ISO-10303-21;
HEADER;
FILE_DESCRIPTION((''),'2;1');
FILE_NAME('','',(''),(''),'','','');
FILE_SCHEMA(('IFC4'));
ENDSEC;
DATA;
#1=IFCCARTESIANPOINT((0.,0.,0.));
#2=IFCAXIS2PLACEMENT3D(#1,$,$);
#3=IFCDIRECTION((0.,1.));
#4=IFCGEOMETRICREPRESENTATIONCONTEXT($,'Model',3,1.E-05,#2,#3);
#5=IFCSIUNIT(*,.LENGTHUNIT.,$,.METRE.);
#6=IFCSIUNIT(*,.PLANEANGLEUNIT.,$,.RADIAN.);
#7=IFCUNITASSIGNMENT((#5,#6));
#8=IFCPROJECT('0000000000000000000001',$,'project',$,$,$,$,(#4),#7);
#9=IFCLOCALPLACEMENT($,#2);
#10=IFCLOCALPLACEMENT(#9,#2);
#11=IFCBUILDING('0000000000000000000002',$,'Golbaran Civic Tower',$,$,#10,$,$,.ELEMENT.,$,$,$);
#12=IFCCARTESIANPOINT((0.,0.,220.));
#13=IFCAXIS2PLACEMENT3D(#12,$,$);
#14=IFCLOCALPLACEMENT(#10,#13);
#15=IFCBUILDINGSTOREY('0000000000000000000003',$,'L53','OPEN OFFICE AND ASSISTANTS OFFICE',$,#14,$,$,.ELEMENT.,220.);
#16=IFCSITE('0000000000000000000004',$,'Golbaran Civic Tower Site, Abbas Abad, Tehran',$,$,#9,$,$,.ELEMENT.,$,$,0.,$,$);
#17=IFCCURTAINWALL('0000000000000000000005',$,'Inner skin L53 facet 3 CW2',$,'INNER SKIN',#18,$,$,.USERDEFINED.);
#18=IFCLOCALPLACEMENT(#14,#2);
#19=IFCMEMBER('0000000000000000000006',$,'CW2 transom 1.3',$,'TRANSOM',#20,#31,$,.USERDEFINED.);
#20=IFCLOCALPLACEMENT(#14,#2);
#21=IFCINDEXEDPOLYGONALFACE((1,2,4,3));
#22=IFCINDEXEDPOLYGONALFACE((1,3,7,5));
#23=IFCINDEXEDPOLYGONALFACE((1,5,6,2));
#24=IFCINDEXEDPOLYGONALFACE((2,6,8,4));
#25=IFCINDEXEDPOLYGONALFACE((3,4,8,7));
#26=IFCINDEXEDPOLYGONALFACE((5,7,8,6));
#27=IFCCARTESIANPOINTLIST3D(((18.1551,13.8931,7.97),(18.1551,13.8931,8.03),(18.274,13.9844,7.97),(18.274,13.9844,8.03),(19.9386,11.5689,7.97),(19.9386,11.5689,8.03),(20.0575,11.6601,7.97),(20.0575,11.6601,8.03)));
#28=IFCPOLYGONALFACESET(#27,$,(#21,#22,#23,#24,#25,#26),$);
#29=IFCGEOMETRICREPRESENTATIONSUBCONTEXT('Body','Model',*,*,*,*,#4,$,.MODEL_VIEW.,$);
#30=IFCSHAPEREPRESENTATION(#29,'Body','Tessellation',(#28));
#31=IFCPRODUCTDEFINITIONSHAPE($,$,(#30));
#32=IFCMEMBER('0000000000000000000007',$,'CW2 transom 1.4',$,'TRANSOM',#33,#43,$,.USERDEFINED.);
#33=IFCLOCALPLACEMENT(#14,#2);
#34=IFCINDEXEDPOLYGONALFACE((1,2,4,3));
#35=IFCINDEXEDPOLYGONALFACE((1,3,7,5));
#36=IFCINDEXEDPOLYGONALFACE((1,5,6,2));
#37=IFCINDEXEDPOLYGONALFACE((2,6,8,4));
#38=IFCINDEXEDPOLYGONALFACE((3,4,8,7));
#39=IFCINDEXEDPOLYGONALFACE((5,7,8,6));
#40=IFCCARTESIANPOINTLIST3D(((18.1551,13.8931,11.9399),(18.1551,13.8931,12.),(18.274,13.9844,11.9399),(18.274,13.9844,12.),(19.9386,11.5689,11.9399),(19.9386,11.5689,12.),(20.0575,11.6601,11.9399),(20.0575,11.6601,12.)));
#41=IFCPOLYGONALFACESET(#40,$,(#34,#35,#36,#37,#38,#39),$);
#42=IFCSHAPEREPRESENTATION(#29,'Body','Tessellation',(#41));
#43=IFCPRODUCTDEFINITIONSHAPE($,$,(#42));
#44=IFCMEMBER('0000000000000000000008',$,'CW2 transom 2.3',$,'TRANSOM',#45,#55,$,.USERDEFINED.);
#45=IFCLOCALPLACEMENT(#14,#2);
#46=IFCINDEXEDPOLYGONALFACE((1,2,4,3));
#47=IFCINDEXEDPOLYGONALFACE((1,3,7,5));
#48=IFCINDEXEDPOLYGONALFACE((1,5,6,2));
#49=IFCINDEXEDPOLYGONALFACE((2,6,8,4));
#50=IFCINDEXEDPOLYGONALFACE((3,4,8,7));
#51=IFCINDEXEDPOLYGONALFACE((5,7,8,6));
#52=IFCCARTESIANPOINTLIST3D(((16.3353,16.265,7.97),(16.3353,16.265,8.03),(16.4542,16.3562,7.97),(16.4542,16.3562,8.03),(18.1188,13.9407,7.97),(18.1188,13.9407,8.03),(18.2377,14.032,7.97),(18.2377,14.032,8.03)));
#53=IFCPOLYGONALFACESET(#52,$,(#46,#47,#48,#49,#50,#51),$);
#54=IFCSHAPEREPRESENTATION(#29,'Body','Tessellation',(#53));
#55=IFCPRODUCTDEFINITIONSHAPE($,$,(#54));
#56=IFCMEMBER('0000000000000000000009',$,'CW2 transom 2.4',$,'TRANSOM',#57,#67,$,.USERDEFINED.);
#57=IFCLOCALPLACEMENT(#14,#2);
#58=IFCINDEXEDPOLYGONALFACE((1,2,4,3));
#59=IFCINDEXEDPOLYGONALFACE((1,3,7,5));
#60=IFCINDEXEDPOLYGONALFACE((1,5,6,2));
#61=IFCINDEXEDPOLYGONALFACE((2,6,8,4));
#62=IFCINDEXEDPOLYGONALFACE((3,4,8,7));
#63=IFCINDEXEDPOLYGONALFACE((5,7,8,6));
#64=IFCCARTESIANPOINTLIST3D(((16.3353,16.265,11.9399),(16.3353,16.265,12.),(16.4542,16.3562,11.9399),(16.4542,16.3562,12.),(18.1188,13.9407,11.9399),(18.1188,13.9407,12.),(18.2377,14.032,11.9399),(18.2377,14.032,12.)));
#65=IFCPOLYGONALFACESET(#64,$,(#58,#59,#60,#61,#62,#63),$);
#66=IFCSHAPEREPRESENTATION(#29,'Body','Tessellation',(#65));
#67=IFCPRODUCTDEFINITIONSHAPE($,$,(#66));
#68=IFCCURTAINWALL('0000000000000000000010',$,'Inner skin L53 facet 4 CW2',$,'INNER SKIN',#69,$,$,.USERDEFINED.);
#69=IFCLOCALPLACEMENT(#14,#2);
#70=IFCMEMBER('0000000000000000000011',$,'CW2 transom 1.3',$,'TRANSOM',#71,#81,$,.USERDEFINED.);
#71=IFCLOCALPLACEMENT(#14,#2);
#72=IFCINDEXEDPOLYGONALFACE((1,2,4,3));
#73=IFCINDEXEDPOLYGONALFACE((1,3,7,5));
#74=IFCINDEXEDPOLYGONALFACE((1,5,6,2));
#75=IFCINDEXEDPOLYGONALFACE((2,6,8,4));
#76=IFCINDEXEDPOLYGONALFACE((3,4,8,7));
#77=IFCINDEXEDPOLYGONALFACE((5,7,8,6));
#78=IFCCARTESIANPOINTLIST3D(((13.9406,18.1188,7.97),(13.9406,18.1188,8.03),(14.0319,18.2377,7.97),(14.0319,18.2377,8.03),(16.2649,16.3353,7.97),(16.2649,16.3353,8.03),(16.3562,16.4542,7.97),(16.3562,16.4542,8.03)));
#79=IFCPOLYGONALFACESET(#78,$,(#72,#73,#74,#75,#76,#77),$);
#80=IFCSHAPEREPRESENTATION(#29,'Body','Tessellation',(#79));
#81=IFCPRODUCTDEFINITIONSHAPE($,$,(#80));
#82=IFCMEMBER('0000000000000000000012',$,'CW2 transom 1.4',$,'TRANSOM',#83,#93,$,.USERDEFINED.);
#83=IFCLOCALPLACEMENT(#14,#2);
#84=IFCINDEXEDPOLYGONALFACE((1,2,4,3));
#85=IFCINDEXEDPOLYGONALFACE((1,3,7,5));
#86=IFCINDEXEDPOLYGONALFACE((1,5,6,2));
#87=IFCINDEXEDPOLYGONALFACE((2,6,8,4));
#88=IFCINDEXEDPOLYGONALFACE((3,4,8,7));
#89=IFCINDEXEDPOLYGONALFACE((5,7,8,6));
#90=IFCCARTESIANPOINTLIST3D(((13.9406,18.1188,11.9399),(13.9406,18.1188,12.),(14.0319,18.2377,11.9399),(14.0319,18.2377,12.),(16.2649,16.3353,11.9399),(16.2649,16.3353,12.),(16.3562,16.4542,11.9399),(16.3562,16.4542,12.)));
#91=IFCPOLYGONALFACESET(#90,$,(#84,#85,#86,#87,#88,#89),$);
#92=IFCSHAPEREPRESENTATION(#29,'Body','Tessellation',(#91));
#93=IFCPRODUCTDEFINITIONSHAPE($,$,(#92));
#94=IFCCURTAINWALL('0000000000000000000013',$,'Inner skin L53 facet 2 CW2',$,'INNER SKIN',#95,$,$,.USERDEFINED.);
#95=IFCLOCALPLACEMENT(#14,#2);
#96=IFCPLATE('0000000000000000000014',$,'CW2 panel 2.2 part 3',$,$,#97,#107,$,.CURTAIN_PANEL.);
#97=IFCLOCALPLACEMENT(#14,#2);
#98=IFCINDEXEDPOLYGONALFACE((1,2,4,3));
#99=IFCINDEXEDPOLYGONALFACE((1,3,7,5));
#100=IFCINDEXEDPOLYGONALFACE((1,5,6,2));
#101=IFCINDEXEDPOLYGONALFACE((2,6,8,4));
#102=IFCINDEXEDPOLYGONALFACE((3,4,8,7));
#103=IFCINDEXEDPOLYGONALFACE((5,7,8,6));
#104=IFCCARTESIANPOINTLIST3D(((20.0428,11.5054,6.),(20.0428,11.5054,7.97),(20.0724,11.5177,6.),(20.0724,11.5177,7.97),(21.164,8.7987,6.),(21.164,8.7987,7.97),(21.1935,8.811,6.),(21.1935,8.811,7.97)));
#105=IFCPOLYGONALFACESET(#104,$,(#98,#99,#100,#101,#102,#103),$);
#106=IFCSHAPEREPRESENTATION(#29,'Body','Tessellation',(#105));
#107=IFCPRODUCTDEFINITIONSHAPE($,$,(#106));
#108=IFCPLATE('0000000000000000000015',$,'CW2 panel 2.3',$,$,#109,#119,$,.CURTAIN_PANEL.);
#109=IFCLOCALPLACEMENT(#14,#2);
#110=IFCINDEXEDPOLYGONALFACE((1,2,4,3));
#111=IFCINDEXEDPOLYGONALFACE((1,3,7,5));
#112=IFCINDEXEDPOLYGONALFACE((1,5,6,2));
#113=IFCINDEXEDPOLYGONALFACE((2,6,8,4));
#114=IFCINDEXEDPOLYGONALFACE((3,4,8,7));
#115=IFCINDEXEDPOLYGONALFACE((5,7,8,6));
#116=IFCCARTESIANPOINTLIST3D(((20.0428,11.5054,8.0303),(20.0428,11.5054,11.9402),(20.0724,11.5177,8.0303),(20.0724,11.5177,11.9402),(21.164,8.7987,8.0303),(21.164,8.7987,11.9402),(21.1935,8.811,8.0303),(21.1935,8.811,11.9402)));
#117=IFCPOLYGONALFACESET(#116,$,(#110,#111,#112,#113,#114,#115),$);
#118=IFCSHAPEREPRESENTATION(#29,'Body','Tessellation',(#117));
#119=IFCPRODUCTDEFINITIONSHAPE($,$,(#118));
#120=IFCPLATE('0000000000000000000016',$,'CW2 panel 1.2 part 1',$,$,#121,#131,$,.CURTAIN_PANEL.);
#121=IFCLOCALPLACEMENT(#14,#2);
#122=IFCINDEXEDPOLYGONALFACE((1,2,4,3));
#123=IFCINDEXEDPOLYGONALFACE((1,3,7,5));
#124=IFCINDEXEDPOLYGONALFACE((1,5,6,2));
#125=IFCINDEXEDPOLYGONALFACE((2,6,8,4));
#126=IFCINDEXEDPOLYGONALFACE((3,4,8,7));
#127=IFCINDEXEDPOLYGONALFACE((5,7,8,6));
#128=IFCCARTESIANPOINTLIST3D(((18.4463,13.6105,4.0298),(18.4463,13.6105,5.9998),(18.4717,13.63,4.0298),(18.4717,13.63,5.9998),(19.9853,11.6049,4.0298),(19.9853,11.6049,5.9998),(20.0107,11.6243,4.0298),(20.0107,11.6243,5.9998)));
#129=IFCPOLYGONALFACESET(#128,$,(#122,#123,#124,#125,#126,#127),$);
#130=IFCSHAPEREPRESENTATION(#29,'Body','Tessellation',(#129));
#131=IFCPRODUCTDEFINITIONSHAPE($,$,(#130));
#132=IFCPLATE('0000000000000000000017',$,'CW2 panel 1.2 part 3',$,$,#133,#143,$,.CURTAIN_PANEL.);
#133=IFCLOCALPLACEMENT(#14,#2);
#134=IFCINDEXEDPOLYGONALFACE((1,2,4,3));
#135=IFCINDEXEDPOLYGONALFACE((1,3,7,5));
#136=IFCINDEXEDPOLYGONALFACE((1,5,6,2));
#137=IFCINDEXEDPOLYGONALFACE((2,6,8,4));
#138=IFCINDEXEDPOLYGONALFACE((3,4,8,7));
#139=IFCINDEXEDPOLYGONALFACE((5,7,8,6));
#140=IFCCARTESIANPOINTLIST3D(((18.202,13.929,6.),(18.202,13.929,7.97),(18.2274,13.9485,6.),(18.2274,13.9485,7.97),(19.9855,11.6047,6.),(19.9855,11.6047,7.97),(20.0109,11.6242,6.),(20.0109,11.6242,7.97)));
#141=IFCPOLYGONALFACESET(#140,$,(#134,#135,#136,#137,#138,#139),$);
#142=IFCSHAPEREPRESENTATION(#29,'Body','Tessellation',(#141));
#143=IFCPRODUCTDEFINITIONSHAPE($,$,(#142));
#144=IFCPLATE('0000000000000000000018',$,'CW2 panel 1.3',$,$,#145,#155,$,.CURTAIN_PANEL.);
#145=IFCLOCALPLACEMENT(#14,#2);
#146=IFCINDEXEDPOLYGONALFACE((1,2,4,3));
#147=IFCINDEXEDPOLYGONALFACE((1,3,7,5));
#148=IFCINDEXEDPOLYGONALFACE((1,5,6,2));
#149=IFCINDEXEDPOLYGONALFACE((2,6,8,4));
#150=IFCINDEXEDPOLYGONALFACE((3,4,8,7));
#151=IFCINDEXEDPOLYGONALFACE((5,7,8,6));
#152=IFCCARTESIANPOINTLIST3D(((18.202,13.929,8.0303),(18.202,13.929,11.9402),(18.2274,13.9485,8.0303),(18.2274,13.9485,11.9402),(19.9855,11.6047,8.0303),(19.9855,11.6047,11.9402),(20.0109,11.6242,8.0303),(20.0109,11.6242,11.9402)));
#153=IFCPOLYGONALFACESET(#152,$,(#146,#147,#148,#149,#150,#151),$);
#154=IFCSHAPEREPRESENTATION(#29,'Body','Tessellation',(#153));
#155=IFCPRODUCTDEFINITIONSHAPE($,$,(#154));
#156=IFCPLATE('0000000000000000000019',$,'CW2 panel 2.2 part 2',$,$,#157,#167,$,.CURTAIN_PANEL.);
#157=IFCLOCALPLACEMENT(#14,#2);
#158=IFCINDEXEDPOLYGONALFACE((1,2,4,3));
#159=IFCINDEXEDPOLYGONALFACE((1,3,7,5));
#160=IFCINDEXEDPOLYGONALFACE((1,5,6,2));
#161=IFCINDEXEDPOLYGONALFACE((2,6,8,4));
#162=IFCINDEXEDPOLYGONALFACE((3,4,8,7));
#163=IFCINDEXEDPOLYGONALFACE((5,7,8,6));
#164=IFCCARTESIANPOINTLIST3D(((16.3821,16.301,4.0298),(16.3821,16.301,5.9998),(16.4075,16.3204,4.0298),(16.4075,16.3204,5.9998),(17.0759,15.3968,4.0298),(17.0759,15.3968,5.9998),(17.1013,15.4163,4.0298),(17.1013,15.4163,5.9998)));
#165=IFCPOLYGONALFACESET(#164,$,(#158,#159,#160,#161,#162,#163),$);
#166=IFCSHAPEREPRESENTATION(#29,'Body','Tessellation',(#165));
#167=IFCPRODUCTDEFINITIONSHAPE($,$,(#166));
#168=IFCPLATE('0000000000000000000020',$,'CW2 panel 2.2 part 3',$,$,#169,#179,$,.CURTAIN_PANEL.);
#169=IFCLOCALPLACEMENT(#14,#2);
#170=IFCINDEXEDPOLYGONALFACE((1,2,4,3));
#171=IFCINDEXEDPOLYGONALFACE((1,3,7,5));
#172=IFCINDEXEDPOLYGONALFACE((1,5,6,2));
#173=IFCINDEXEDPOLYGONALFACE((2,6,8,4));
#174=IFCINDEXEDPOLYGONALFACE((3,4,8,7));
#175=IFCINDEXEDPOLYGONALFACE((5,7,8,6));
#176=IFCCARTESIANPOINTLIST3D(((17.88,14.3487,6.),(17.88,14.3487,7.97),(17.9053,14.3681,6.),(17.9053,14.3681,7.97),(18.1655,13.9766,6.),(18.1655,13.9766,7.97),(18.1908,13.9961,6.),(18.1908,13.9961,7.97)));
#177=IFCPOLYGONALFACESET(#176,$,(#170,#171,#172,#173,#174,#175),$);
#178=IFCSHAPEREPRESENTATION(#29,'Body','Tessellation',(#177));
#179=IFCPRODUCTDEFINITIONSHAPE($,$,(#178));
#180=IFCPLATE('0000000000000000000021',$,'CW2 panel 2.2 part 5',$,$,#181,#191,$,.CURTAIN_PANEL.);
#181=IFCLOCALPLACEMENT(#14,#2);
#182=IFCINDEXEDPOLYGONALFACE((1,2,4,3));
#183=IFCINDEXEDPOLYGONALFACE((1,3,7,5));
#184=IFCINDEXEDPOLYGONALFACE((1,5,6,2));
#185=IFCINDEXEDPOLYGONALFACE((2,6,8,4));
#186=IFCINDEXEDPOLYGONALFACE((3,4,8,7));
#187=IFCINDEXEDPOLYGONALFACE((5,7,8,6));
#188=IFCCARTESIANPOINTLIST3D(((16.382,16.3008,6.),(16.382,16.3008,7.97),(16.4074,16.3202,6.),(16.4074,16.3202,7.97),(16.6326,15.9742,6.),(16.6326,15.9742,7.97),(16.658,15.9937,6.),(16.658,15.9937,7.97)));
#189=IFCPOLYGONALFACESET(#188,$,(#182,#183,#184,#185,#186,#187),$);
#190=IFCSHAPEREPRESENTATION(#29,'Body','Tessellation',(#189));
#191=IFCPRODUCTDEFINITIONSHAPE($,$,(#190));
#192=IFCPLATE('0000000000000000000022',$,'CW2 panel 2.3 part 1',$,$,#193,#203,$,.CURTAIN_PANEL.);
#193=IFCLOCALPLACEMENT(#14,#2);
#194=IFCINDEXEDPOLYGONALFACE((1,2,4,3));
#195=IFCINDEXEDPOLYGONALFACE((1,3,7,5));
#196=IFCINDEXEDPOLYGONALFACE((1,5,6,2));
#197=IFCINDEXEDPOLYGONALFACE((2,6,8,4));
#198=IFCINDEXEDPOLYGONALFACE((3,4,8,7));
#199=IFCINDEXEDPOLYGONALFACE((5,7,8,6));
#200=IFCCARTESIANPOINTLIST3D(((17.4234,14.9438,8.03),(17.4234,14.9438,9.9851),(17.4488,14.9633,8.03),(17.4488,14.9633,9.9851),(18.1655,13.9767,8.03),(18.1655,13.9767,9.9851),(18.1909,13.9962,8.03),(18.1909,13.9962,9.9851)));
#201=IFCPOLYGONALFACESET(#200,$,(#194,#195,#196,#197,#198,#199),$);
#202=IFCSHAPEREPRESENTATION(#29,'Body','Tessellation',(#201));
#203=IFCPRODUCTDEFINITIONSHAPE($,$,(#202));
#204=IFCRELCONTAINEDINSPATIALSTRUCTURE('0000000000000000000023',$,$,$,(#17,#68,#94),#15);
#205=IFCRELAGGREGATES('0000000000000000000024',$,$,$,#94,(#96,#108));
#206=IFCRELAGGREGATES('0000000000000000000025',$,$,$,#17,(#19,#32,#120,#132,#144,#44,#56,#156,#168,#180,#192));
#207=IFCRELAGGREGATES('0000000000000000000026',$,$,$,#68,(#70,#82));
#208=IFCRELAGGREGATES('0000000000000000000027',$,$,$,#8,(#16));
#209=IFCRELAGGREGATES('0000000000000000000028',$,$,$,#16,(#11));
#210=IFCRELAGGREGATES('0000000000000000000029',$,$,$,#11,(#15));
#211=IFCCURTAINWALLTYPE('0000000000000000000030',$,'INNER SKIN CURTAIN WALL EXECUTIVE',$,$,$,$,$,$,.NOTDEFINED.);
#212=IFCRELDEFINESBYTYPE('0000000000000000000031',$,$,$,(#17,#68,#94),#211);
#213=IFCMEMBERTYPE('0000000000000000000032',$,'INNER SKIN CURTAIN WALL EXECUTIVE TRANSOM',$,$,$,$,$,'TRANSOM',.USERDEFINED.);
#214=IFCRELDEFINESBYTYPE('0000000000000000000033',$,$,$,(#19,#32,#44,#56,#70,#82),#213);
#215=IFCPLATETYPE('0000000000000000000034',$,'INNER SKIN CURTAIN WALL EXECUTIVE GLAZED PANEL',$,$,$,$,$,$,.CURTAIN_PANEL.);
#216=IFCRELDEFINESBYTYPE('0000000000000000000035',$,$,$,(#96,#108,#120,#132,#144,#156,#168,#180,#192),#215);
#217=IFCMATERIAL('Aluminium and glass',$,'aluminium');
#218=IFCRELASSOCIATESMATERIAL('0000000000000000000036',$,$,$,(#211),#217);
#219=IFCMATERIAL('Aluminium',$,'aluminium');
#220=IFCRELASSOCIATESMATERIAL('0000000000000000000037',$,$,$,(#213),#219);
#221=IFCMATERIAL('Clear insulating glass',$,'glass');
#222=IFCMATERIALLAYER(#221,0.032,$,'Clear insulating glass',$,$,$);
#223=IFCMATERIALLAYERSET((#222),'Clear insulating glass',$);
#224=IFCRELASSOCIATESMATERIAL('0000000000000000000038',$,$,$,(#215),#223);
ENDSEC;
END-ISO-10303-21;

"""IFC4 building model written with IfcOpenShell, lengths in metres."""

from ifc_helpers import new_model, si_unit, direction, frame, origin, origin_2d, place, context, subcontext, project, spatial, rectangle, extrude, material, layer, layer_set, material_profile, profile_set, type_object, element, aggregate, save


model = new_model("IFC4")

# Units and contexts
model_context = context("Model", 3, precision=1e-05, world=origin(), true_north=direction((0.0, 1.0)))
body_context = subcontext(model_context, "Body", "Model", "MODEL_VIEW")
ifc_project = project(units=[si_unit("LENGTHUNIT", "METRE"), si_unit("PLANEANGLEUNIT", "RADIAN")], contexts=[model_context])

# Site, building, storey
site_placement = place(None, origin())
site = spatial("IfcSite", under=ifc_project, at=site_placement, Name="Golbaran Civic Tower Site, Abbas Abad, Tehran", CompositionType="ELEMENT", RefElevation=0.0)
building_placement = place(site_placement, origin())
building = spatial("IfcBuilding", under=site, at=building_placement, Name="Golbaran Civic Tower", CompositionType="ELEMENT")
storey_placement = place(building_placement, frame((0.0, 0.0, 220.0)))
storey = spatial("IfcBuildingStorey", under=building, at=storey_placement, Name="L53", Description="OPEN OFFICE AND ASSISTANTS OFFICE", CompositionType="ELEMENT", Elevation=220.0)

# Curtain walls, members
ifc_material_1 = material(Name="Aluminium and glass", Category="aluminium")
curtain_wall_type = type_object("IfcCurtainWallType", Name="INNER SKIN CURTAIN WALL EXECUTIVE", PredefinedType="NOTDEFINED", material=ifc_material_1)
curtain_wall_1_placement = place(storey_placement, origin())
curtain_wall_1 = element("IfcCurtainWall", 1, at=curtain_wall_1_placement, inside=storey, type_object=curtain_wall_type, Name="Inner skin L53 facet 3 CW2", ObjectType="INNER SKIN", PredefinedType="USERDEFINED")
ifc_material_2 = material(Name="Aluminium", Category="aluminium")
ifc_material_profile = material_profile(ifc_material_2, rectangle(XDim=0.1499, YDim=0.0601, at=origin_2d()), Name="INNER SKIN CURTAIN WALL EXECUTIVE TRANSOM")
ifc_profile_set = profile_set([ifc_material_profile], Name="Aluminium")
member_type = type_object("IfcMemberType", Name="INNER SKIN CURTAIN WALL EXECUTIVE TRANSOM", ElementType="TRANSOM", PredefinedType="USERDEFINED", material=ifc_profile_set)
member_1_placement = place(storey_placement, frame((19.998, 11.6145, 8.0), z_axis=(-0.608764, 0.793351, 0.0), x_axis=(-0.793351, -0.608764, 0.0)))
member_1 = element("IfcMember", 2, at=member_1_placement, type_object=member_type, Name="CW2 transom 1.3", ObjectType="TRANSOM", PredefinedType="USERDEFINED", context=body_context, shape_type="SweptSolid", body=[
    extrude(rectangle(XDim=0.1499, YDim=0.0601, at=origin_2d()), origin(), (0.0, 0.0, 1.0), 2.9297),
])
member_2_placement = place(storey_placement, frame((19.998, 11.6145, 11.97), z_axis=(-0.608764, 0.793351, 0.0), x_axis=(-0.793351, -0.608764, 0.0)))
member_2 = element("IfcMember", 3, at=member_2_placement, type_object=member_type, Name="CW2 transom 1.4", ObjectType="TRANSOM", PredefinedType="USERDEFINED", context=body_context, shape_type="SweptSolid", body=[
    extrude(rectangle(XDim=0.1499, YDim=0.0601, at=origin_2d()), origin(), (0.0, 0.0, 1.0), 2.9297),
])
member_3_placement = place(storey_placement, frame((18.1782, 13.9863, 8.0), z_axis=(-0.608764, 0.793351, 0.0), x_axis=(-0.793351, -0.608764, 0.0)))
member_3 = element("IfcMember", 4, at=member_3_placement, type_object=member_type, Name="CW2 transom 2.3", ObjectType="TRANSOM", PredefinedType="USERDEFINED", context=body_context, shape_type="SweptSolid", body=[
    extrude(rectangle(XDim=0.1499, YDim=0.0601, at=origin_2d()), origin(), (0.0, 0.0, 1.0), 2.9297),
])
member_4_placement = place(storey_placement, frame((18.1782, 13.9863, 11.97), z_axis=(-0.608764, 0.793351, 0.0), x_axis=(-0.793351, -0.608764, 0.0)))
member_4 = element("IfcMember", 5, at=member_4_placement, type_object=member_type, Name="CW2 transom 2.4", ObjectType="TRANSOM", PredefinedType="USERDEFINED", context=body_context, shape_type="SweptSolid", body=[
    extrude(rectangle(XDim=0.1499, YDim=0.0601, at=origin_2d()), origin(), (0.0, 0.0, 1.0), 2.9297),
])
curtain_wall_2_placement = place(storey_placement, origin())
curtain_wall_2 = element("IfcCurtainWall", 6, at=curtain_wall_2_placement, inside=storey, type_object=curtain_wall_type, Name="Inner skin L53 facet 4 CW2", ObjectType="INNER SKIN", PredefinedType="USERDEFINED")
member_5_placement = place(storey_placement, frame((16.3105, 16.3948, 8.0), z_axis=(-0.793351, 0.608764, 0.0), x_axis=(-0.608764, -0.793351, 0.0)))
member_5 = element("IfcMember", 7, at=member_5_placement, type_object=member_type, Name="CW2 transom 1.3", ObjectType="TRANSOM", PredefinedType="USERDEFINED", context=body_context, shape_type="SweptSolid", body=[
    extrude(rectangle(XDim=0.1499, YDim=0.0601, at=origin_2d()), origin(), (0.0, 0.0, 1.0), 2.9297),
])
member_6_placement = place(storey_placement, frame((16.3105, 16.3948, 11.97), z_axis=(-0.793351, 0.608764, 0.0), x_axis=(-0.608764, -0.793351, 0.0)))
member_6 = element("IfcMember", 8, at=member_6_placement, type_object=member_type, Name="CW2 transom 1.4", ObjectType="TRANSOM", PredefinedType="USERDEFINED", context=body_context, shape_type="SweptSolid", body=[
    extrude(rectangle(XDim=0.1499, YDim=0.0601, at=origin_2d()), origin(), (0.0, 0.0, 1.0), 2.9297),
])

# Curtain wall, plates
curtain_wall_3_placement = place(storey_placement, origin())
curtain_wall_3 = element("IfcCurtainWall", 9, at=curtain_wall_3_placement, inside=storey, type_object=curtain_wall_type, Name="Inner skin L53 facet 2 CW2", ObjectType="INNER SKIN", PredefinedType="USERDEFINED")
ifc_material_3 = material(Name="Clear insulating glass", Category="glass")
ifc_layer_1 = layer(ifc_material_3, 0.032, Name="Clear insulating glass")
ifc_layer_set_1 = layer_set([ifc_layer_1], Name="Clear insulating glass")
plate_type_1 = type_object("IfcPlateType", Name="INNER SKIN CURTAIN WALL EXECUTIVE GLAZED PANEL", PredefinedType="CURTAIN_PANEL", material=ifc_layer_set_1)
plate_1_placement = place(storey_placement, frame((20.6182, 10.1582, 6.0), z_axis=(0.0, 0.0, 1.0), x_axis=(-0.382683, 0.92388, 0.0)))
plate_1 = element("IfcPlate", 10, at=plate_1_placement, type_object=plate_type_1, Name="CW2 panel 2.2 part 3", PredefinedType="CURTAIN_PANEL", context=body_context, shape_type="SweptSolid", body=[
    extrude(rectangle(XDim=2.9297, YDim=0.032, at=origin_2d()), origin(), (0.0, 0.0, 1.0), 1.97),
])
plate_2_placement = place(storey_placement, frame((20.6182, 10.1582, 8.0303), z_axis=(0.0, 0.0, 1.0), x_axis=(-0.382683, 0.92388, 0.0)))
plate_2 = element("IfcPlate", 11, at=plate_2_placement, type_object=plate_type_1, Name="CW2 panel 2.3", PredefinedType="CURTAIN_PANEL", context=body_context, shape_type="SweptSolid", body=[
    extrude(rectangle(XDim=2.9297, YDim=0.032, at=origin_2d()), origin(), (0.0, 0.0, 1.0), 3.9099),
])
aggregate(curtain_wall_3, [plate_1, plate_2])

# Plates
plate_3_placement = place(storey_placement, frame((19.2285, 12.6174, 4.0298), z_axis=(0.0, 0.0, 1.0), x_axis=(-0.608761, 0.793353, 0.0)))
plate_3 = element("IfcPlate", 12, at=plate_3_placement, type_object=plate_type_1, Name="CW2 panel 1.2 part 1", PredefinedType="CURTAIN_PANEL", context=body_context, shape_type="SweptSolid", body=[
    extrude(rectangle(XDim=2.5281, YDim=0.032, at=origin_2d()), origin(), (0.0, 0.0, 1.0), 1.97),
])
plate_4_placement = place(storey_placement, frame((19.1064, 12.7766, 6.0), z_axis=(0.0, 0.0, 1.0), x_axis=(-0.608761, 0.793353, 0.0)))
plate_4 = element("IfcPlate", 13, at=plate_4_placement, type_object=plate_type_1, Name="CW2 panel 1.2 part 3", PredefinedType="CURTAIN_PANEL", context=body_context, shape_type="SweptSolid", body=[
    extrude(rectangle(XDim=2.9297, YDim=0.032, at=origin_2d()), origin(), (0.0, 0.0, 1.0), 1.97),
])
plate_5_placement = place(storey_placement, frame((19.1064, 12.7766, 8.0303), z_axis=(0.0, 0.0, 1.0), x_axis=(-0.608761, 0.793353, 0.0)))
plate_5 = element("IfcPlate", 14, at=plate_5_placement, type_object=plate_type_1, Name="CW2 panel 1.3", PredefinedType="CURTAIN_PANEL", context=body_context, shape_type="SweptSolid", body=[
    extrude(rectangle(XDim=2.9297, YDim=0.032, at=origin_2d()), origin(), (0.0, 0.0, 1.0), 3.9099),
])
plate_6_placement = place(storey_placement, frame((16.7417, 15.8586, 4.0298), z_axis=(0.0, 0.0, 1.0), x_axis=(-0.608761, 0.793353, 0.0)))
plate_6 = element("IfcPlate", 15, at=plate_6_placement, type_object=plate_type_1, Name="CW2 panel 2.2 part 2", PredefinedType="CURTAIN_PANEL", context=body_context, shape_type="SweptSolid", body=[
    extrude(rectangle(XDim=1.1396, YDim=0.032, at=origin_2d()), origin(), (0.0, 0.0, 1.0), 1.97),
])
plate_7_placement = place(storey_placement, frame((18.0354, 14.1724, 6.0), z_axis=(0.0, 0.0, 1.0), x_axis=(-0.608761, 0.793353, 0.0)))
plate_7 = element("IfcPlate", 16, at=plate_7_placement, type_object=plate_type_1, Name="CW2 panel 2.2 part 3", PredefinedType="CURTAIN_PANEL", context=body_context, shape_type="SweptSolid", body=[
    extrude(rectangle(XDim=0.469, YDim=0.032, at=origin_2d()), origin(), (0.0, 0.0, 1.0), 1.97),
])
plate_8_placement = place(storey_placement, frame((16.52, 16.1472, 6.0), z_axis=(0.0, 0.0, 1.0), x_axis=(-0.608761, 0.793353, 0.0)))
plate_8 = element("IfcPlate", 17, at=plate_8_placement, type_object=plate_type_1, Name="CW2 panel 2.2 part 5", PredefinedType="CURTAIN_PANEL", context=body_context, shape_type="SweptSolid", body=[
    extrude(rectangle(XDim=0.4116, YDim=0.032, at=origin_2d()), origin(), (0.0, 0.0, 1.0), 1.97),
])
plate_9_placement = place(storey_placement, frame((17.8071, 14.47, 8.03), z_axis=(0.0, 0.0, 1.0), x_axis=(-0.608761, 0.793353, 0.0)))
plate_9 = element("IfcPlate", 18, at=plate_9_placement, type_object=plate_type_1, Name="CW2 panel 2.3 part 1", PredefinedType="CURTAIN_PANEL", context=body_context, shape_type="SweptSolid", body=[
    extrude(rectangle(XDim=1.219, YDim=0.032, at=origin_2d()), origin(), (0.0, 0.0, 1.0), 1.9551),
])
aggregate(curtain_wall_1, [member_1, member_2, plate_3, plate_4, plate_5, member_3, member_4, plate_6, plate_7, plate_8, plate_9])
aggregate(curtain_wall_2, [member_5, member_6])

save(model, "model.ifc")
